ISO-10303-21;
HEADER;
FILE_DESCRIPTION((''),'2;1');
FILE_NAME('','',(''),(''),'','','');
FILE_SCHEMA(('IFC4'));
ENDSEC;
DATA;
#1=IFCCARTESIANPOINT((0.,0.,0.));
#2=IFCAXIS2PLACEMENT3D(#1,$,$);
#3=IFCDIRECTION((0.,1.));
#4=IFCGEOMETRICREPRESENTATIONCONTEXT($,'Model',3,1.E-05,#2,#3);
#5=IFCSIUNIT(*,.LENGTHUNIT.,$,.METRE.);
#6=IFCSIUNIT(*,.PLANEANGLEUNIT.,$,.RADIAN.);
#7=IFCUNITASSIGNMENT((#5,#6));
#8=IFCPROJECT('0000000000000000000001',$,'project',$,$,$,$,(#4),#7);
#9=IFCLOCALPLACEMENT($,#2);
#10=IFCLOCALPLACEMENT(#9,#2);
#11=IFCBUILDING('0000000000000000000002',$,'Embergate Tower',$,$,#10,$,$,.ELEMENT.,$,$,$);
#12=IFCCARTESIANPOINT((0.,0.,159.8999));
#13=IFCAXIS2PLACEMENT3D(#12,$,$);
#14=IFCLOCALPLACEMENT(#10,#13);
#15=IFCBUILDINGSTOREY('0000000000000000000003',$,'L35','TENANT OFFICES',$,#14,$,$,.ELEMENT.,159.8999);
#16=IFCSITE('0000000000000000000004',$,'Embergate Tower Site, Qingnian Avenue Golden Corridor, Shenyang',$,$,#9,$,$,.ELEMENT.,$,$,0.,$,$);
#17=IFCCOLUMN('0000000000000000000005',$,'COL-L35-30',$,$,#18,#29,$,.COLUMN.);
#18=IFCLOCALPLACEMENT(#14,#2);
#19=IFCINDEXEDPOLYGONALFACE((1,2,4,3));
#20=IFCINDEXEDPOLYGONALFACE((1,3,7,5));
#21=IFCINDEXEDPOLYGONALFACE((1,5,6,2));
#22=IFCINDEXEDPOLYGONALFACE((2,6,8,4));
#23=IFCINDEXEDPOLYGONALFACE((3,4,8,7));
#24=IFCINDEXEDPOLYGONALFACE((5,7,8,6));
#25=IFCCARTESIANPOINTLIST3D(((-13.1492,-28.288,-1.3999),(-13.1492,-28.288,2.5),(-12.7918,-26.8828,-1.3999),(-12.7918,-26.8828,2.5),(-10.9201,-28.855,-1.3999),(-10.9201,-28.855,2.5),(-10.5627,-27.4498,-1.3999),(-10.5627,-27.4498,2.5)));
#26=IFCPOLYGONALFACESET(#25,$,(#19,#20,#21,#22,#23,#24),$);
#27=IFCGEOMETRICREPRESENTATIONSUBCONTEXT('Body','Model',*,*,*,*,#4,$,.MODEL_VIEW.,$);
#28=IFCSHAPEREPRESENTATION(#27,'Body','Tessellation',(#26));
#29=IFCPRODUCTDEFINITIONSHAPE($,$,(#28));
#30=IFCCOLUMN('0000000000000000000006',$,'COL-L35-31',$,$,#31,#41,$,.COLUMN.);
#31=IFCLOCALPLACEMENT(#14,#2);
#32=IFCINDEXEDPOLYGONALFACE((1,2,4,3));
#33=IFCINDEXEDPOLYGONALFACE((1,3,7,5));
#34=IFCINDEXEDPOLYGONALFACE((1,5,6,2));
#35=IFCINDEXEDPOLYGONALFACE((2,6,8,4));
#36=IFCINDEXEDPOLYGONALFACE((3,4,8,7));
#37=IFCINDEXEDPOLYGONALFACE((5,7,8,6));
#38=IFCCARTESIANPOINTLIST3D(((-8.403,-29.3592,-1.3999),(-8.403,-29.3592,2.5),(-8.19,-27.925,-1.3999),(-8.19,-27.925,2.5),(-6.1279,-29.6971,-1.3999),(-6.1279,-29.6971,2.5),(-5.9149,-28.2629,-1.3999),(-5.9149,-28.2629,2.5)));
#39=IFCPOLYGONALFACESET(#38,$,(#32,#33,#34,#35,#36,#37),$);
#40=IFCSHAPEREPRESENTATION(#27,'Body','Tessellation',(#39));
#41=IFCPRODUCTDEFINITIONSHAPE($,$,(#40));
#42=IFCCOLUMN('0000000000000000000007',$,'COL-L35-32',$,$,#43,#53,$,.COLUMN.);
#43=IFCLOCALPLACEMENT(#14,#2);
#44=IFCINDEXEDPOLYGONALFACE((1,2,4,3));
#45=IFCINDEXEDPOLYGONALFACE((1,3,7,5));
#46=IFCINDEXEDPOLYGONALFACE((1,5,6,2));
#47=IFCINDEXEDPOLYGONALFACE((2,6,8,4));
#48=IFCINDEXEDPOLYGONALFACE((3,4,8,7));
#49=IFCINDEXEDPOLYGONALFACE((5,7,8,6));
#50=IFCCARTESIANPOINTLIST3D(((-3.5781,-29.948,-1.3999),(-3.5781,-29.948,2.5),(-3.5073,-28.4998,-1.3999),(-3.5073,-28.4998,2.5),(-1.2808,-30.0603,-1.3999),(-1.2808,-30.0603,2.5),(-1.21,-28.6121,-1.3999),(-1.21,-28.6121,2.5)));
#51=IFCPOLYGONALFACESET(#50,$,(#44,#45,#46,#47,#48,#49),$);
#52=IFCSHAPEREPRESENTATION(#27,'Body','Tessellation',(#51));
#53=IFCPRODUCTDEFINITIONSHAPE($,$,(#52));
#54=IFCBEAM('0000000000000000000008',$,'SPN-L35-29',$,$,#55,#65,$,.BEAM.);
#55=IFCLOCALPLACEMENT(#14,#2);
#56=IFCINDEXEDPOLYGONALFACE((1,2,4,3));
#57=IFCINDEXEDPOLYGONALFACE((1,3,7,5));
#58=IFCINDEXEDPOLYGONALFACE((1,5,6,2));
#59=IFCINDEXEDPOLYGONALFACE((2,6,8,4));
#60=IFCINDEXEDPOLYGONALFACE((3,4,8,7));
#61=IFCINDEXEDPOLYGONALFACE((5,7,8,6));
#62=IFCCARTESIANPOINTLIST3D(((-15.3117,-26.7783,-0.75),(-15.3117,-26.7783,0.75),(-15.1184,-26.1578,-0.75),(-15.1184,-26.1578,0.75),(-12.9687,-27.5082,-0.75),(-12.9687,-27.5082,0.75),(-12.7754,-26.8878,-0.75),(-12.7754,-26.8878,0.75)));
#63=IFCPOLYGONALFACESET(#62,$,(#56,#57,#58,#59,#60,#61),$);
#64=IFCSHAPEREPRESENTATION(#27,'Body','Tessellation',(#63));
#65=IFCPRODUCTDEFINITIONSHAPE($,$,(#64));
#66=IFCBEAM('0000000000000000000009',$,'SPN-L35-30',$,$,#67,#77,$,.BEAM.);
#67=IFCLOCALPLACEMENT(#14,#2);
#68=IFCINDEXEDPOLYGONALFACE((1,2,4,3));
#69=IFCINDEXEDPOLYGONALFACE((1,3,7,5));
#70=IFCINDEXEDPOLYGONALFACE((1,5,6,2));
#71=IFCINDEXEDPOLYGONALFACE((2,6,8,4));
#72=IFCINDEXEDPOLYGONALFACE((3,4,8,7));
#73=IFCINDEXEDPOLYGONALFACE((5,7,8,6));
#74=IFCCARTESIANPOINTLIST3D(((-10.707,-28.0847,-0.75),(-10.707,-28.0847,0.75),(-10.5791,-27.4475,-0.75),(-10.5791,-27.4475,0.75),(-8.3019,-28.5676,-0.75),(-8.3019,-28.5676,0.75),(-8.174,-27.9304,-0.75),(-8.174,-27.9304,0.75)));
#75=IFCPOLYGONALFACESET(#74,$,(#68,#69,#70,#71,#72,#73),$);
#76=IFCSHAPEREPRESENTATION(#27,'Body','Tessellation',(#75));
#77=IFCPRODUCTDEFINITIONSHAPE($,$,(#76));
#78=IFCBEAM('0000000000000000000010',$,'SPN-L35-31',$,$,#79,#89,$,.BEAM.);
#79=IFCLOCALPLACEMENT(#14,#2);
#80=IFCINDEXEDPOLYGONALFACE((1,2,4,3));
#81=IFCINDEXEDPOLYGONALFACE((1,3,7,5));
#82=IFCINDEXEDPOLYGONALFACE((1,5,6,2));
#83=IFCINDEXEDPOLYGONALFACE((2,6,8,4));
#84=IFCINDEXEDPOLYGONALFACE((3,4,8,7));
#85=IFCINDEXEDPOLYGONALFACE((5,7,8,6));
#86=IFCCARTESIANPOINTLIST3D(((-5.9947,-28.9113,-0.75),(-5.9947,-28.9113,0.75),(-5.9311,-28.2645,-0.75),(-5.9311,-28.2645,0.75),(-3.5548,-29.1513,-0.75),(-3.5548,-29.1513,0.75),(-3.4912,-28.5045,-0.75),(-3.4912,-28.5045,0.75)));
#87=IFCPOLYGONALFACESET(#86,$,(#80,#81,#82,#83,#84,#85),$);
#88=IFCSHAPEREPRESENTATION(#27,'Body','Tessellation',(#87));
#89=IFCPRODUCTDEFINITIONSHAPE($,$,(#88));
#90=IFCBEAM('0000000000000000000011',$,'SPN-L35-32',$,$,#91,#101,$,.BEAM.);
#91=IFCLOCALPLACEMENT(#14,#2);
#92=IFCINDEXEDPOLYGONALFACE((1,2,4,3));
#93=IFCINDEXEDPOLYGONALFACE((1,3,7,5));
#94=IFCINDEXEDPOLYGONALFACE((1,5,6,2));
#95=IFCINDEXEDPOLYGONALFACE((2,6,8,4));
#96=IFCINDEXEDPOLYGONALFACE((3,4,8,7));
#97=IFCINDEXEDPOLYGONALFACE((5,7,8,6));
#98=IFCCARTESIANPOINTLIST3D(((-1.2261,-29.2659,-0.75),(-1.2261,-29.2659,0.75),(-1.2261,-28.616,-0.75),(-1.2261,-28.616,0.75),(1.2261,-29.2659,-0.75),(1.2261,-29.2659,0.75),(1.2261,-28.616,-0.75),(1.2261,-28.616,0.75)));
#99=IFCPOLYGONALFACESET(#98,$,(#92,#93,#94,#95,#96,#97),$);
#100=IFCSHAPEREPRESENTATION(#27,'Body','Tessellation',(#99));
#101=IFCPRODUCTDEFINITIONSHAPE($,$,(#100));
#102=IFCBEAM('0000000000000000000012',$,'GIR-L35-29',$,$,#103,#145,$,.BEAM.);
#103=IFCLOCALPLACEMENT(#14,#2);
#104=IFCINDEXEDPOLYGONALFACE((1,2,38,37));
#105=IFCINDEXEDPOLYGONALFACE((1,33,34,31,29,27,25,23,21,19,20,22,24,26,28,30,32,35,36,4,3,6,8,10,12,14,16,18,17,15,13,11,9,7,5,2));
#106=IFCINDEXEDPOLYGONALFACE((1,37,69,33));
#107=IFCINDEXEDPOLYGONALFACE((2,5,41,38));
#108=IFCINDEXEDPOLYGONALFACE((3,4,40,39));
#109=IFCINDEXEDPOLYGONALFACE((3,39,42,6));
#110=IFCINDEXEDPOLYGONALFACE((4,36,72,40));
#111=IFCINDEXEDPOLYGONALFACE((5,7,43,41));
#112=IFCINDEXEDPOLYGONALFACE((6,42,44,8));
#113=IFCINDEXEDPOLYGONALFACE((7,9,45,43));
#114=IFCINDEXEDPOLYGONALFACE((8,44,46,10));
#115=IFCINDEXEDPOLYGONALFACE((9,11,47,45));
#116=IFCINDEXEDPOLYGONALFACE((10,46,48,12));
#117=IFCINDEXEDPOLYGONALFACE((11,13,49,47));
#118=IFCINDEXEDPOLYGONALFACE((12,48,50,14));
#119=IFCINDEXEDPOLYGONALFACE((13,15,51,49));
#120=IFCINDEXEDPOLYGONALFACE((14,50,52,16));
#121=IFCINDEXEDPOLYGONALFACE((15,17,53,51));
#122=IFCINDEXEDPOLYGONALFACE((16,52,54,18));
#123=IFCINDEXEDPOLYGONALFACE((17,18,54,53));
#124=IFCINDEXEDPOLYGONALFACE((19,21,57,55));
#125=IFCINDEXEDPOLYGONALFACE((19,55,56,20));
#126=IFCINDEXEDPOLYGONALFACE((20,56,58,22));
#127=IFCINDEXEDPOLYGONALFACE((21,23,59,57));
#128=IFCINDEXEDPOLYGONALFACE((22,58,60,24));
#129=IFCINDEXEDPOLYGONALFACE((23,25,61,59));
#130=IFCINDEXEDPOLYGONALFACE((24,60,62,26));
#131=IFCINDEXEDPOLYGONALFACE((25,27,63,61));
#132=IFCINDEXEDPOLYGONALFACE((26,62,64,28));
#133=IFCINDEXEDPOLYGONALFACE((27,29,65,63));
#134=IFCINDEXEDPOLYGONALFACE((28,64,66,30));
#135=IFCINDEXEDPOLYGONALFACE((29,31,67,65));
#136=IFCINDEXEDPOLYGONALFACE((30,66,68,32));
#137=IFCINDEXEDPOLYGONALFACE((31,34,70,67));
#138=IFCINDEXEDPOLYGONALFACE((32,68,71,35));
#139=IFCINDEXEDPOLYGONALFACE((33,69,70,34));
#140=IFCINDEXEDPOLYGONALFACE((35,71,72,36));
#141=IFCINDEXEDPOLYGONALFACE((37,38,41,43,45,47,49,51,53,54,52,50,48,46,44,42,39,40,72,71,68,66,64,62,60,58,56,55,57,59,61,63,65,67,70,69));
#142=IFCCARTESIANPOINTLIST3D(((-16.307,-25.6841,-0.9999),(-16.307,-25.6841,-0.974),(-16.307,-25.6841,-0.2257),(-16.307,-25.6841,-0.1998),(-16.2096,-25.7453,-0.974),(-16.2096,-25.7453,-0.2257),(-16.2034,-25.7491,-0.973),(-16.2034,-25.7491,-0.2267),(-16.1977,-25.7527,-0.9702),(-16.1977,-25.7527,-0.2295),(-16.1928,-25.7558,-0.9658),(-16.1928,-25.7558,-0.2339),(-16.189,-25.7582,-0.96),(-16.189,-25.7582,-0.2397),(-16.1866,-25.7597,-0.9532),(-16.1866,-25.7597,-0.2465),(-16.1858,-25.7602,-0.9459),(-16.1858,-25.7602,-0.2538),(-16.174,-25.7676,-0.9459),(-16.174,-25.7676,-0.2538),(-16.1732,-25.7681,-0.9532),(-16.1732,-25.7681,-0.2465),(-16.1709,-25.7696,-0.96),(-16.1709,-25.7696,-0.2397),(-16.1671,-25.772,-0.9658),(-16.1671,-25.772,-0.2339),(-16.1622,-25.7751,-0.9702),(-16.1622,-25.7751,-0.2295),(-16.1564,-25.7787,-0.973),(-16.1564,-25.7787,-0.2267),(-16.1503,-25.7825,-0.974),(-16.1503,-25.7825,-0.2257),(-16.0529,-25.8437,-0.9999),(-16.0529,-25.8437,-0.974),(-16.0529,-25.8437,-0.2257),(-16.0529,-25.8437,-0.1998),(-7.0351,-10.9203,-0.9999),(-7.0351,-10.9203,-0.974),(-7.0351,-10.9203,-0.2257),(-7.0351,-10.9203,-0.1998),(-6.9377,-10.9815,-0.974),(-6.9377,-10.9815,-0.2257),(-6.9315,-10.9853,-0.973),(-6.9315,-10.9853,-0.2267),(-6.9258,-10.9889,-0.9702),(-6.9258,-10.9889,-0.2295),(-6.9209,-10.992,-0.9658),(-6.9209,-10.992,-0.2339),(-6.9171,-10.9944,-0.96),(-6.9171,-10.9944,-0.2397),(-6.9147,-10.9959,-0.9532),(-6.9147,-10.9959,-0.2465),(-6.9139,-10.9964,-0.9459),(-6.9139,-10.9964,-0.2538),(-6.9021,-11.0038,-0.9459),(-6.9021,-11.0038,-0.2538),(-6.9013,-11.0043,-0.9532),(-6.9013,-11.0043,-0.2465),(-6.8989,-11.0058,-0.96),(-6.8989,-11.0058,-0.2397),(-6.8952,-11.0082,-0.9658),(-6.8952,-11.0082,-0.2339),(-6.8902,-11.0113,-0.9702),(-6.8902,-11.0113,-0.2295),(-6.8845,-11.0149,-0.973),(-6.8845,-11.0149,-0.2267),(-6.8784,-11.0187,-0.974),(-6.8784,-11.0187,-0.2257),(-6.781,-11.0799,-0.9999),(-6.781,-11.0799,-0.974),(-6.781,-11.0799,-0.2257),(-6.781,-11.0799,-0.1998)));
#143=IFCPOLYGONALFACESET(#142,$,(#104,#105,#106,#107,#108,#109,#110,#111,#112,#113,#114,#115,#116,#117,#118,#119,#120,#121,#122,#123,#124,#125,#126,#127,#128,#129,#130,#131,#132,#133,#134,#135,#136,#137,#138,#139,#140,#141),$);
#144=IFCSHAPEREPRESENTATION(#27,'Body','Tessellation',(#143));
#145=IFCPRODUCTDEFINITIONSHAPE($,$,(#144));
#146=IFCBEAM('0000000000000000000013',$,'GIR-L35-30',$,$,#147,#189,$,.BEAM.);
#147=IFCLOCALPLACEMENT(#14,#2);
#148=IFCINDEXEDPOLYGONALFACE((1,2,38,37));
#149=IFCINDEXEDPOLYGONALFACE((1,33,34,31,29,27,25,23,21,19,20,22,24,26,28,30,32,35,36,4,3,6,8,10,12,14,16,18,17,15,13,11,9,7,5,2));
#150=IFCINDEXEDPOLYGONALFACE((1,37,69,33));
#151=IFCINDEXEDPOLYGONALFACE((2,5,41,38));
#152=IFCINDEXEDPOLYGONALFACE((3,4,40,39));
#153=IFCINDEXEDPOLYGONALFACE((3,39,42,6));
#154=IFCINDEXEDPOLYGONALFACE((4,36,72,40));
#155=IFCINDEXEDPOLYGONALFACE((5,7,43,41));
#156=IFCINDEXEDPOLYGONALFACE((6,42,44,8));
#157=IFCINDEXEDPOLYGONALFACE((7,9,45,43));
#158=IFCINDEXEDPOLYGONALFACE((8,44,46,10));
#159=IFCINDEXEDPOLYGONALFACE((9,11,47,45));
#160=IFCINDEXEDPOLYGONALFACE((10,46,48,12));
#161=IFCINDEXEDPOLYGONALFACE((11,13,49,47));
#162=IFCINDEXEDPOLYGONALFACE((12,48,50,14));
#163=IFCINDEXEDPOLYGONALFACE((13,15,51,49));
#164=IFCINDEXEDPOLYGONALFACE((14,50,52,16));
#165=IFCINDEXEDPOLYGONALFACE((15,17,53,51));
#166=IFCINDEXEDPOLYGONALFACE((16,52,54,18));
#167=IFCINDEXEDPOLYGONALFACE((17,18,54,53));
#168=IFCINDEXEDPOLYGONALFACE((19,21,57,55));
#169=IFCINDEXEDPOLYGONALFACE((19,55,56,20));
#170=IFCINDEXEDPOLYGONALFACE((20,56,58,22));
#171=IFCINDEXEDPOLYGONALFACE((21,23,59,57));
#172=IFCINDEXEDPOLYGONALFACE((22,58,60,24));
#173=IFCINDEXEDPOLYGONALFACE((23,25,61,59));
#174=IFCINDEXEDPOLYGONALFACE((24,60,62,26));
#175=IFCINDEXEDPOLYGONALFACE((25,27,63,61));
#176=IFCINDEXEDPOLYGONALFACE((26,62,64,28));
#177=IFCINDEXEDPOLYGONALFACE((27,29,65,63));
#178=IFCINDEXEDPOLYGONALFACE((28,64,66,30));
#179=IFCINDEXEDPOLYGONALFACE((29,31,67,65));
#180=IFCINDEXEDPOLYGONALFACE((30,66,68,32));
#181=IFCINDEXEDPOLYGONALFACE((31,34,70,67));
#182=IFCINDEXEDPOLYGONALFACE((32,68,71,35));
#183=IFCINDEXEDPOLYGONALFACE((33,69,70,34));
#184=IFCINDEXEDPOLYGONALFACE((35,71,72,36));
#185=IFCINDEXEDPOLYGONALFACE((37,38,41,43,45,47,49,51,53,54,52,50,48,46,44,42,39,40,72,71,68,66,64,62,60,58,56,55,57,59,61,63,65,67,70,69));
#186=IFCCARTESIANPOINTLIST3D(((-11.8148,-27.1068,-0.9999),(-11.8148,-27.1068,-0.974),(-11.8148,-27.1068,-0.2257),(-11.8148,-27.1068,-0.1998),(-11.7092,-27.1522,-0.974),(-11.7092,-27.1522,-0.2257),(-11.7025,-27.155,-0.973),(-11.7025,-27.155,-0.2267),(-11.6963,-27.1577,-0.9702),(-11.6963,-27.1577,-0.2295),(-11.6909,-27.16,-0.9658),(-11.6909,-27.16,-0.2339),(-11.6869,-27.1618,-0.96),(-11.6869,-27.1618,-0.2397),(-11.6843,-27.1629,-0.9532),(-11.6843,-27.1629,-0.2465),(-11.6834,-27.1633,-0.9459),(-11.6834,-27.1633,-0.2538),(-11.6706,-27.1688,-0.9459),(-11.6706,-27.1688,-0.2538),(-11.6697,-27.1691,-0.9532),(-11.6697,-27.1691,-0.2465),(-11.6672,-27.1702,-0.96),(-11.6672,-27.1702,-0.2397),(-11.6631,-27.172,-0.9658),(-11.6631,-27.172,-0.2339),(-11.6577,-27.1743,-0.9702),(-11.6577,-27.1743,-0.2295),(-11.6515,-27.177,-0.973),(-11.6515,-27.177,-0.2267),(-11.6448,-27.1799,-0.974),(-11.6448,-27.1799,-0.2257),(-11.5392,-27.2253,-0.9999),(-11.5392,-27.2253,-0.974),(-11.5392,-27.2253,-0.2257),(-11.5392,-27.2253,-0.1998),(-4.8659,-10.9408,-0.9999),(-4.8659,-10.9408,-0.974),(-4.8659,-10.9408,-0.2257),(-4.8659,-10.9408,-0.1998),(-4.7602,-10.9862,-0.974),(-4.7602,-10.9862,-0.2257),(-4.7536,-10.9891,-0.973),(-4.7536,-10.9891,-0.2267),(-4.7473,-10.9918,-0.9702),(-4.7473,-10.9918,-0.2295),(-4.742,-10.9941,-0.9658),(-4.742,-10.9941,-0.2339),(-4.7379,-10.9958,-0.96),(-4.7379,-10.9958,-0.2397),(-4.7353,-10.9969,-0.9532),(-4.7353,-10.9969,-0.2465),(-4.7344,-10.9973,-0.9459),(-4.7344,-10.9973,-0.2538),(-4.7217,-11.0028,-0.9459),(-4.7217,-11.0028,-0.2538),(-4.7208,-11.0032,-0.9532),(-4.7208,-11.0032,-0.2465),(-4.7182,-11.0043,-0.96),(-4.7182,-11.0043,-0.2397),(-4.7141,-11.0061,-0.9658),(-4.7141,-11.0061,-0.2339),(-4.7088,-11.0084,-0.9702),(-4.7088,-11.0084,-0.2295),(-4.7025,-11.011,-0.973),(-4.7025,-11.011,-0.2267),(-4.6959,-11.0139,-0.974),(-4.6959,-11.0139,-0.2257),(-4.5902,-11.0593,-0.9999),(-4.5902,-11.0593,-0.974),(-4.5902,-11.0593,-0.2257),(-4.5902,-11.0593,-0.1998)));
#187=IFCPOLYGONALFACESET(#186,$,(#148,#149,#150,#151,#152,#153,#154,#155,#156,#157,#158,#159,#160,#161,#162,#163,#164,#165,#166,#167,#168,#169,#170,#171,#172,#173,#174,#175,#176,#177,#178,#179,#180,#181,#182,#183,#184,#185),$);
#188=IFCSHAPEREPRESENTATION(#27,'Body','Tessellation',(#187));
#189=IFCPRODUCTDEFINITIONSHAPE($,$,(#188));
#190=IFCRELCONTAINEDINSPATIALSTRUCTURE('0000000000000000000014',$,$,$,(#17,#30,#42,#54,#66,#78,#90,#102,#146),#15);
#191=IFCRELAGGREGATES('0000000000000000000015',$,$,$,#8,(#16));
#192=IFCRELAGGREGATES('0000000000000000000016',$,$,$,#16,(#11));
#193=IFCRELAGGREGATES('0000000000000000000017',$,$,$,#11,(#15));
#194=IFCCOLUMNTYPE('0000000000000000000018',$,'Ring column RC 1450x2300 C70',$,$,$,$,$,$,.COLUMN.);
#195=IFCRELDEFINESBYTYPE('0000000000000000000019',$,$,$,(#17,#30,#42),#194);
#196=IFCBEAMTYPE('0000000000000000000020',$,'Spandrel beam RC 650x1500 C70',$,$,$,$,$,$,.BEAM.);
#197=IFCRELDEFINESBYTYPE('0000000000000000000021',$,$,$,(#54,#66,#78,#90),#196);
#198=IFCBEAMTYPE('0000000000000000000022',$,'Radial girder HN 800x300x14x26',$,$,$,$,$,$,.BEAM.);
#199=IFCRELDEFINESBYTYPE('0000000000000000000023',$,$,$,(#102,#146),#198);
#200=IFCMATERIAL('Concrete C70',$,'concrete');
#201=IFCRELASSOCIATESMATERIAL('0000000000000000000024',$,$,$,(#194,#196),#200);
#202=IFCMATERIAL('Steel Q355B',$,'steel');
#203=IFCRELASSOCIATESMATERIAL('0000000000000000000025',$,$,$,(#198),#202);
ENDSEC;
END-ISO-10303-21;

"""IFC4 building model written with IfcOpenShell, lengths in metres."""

from ifc_helpers import new_model, si_unit, direction, frame, origin, origin_2d, place, context, subcontext, project, spatial, rectangle, i_section, extrude, source, transform, mapped, material, material_profile, profile_set, type_object, element, save


model = new_model("IFC4")

# Units and contexts
model_context = context("Model", 3, precision=1e-05, world=origin(), true_north=direction((0.0, 1.0)))
body_context = subcontext(model_context, "Body", "Model", "MODEL_VIEW")
ifc_project = project(units=[si_unit("LENGTHUNIT", "METRE"), si_unit("PLANEANGLEUNIT", "RADIAN")], contexts=[model_context])

# Site, building, storey
site_placement = place(None, origin())
site = spatial("IfcSite", under=ifc_project, at=site_placement, Name="Embergate Tower Site, Qingnian Avenue Golden Corridor, Shenyang", CompositionType="ELEMENT", RefElevation=0.0)
building_placement = place(site_placement, origin())
building = spatial("IfcBuilding", under=site, at=building_placement, Name="Embergate Tower", CompositionType="ELEMENT")
storey_placement = place(building_placement, frame((0.0, 0.0, 159.8999)))
storey = spatial("IfcBuildingStorey", under=building, at=storey_placement, Name="L35", Description="TENANT OFFICES", CompositionType="ELEMENT", Elevation=159.8999)

# Columns
ifc_material_1 = material(Name="Concrete C70", Category="concrete")
ifc_material_profile_1 = material_profile(ifc_material_1, rectangle(XDim=1.45, YDim=2.3, at=origin_2d()), Name="RC 1450x2300")
ifc_profile_set_1 = profile_set([ifc_material_profile_1], Name="Concrete C70")
column_type = type_object("IfcColumnType", Name="Ring column RC 1450x2300 C70", PredefinedType="COLUMN", material=ifc_profile_set_1)
shared_shape_1 = source(origin(), body_context, "Body", "SweptSolid", [
    extrude(rectangle(XDim=1.45, YDim=2.3, at=origin_2d()), origin(), (0.0, 0.0, 1.0), 3.8999),
])
for number, where, z_axis, x_axis, name in (
    (1, (-11.856, -27.8689, -1.3999), (0.0, 0.0, 1.0), (-0.246492, -0.969145, 0.0), "COL-L35-30"),
    (2, (-7.1589, -28.811, -1.3999), (0.0, 0.0, 1.0), (-0.146929, -0.989147, 0.0), "COL-L35-31"),
    (3, (-2.394, -29.28, -1.3999), (0.0, 0.0, 1.0), (-0.048815, -0.998808, 0.0), "COL-L35-32"),
):
    element("IfcColumn", number, at=place(storey_placement, frame(where, z_axis=z_axis, x_axis=x_axis)), inside=storey, type_object=column_type, Name=name, PredefinedType="COLUMN", context=body_context, shape_type="MappedRepresentation", body=[
        mapped(shared_shape_1, transform((0.0, 0.0, 0.0))),
    ])

# Beams
ifc_material_profile_2 = material_profile(ifc_material_1, rectangle(XDim=0.6499, YDim=1.5, at=origin_2d()), Name="RC 650x1500")
ifc_profile_set_2 = profile_set([ifc_material_profile_2], Name="Concrete C70")
beam_type_1 = type_object("IfcBeamType", Name="Spandrel beam RC 650x1500 C70", PredefinedType="BEAM", material=ifc_profile_set_2)
shared_shape_2 = source(origin(), body_context, "Body", "SweptSolid", [
    extrude(rectangle(XDim=0.6499, YDim=1.5, at=origin_2d()), origin(), (0.0, 0.0, 1.0), 2.4541),
])
beam_1_placement = place(storey_placement, frame((-15.2151, -26.468, 0.0), z_axis=(0.954736, -0.297454, 0.0), x_axis=(0.297454, 0.954736, 0.0)))
element("IfcBeam", 4, at=beam_1_placement, inside=storey, type_object=beam_type_1, Name="SPN-L35-29", PredefinedType="BEAM", context=body_context, shape_type="MappedRepresentation", body=[
    mapped(shared_shape_2, transform((0.0, 0.0, 0.0))),
])
shared_shape_3 = source(origin(), body_context, "Body", "SweptSolid", [
    extrude(rectangle(XDim=0.6499, YDim=1.5, at=origin_2d()), origin(), (0.0, 0.0, 1.0), 2.4531),
])
beam_2_placement = place(storey_placement, frame((-10.6431, -27.7661, 0.0), z_axis=(0.980431, -0.196863, 0.0), x_axis=(0.196863, 0.980431, 0.0)))
element("IfcBeam", 5, at=beam_2_placement, inside=storey, type_object=beam_type_1, Name="SPN-L35-30", PredefinedType="BEAM", context=body_context, shape_type="MappedRepresentation", body=[
    mapped(shared_shape_3, transform((0.0, 0.0, 0.0))),
])
shared_shape_4 = source(origin(), body_context, "Body", "SweptSolid", [
    extrude(rectangle(XDim=0.6499, YDim=1.5, at=origin_2d()), origin(), (0.0, 0.0, 1.0), 2.4517),
])
beam_3_placement = place(storey_placement, frame((-5.9629, -28.5879, 0.0), z_axis=(0.995198, -0.097887, 0.0), x_axis=(0.097887, 0.995198, 0.0)))
element("IfcBeam", 6, at=beam_3_placement, inside=storey, type_object=beam_type_1, Name="SPN-L35-31", PredefinedType="BEAM", context=body_context, shape_type="MappedRepresentation", body=[
    mapped(shared_shape_4, transform((0.0, 0.0, 0.0))),
])
shared_shape_5 = source(origin(), body_context, "Body", "SweptSolid", [
    extrude(rectangle(XDim=0.6499, YDim=1.5, at=origin_2d()), origin(), (0.0, 0.0, 1.0), 2.4521),
])
beam_4_placement = place(storey_placement, frame((-1.2261, -28.9409, 0.0), z_axis=(1.0, 0.0, 0.0), x_axis=(0.0, 1.0, 0.0)))
element("IfcBeam", 7, at=beam_4_placement, inside=storey, type_object=beam_type_1, Name="SPN-L35-32", PredefinedType="BEAM", context=body_context, shape_type="MappedRepresentation", body=[
    mapped(shared_shape_5, transform((0.0, 0.0, 0.0))),
])
ifc_material_2 = material(Name="Steel Q355B", Category="steel")
ifc_material_profile_3 = material_profile(ifc_material_2, i_section(OverallWidth=0.3, OverallDepth=0.8, WebThickness=0.0139, FlangeThickness=0.0259, FilletRadius=0.0281, at=origin_2d()), Name="HN 800x300x14x26")
ifc_profile_set_3 = profile_set([ifc_material_profile_3], Name="Steel Q355 grade B")
beam_type_2 = type_object("IfcBeamType", Name="Radial girder HN 800x300x14x26", PredefinedType="BEAM", material=ifc_profile_set_3)
shared_shape_6 = source(origin(), body_context, "Body", "SweptSolid", [
    extrude(i_section(OverallWidth=0.3, OverallDepth=0.8, WebThickness=0.0139, FlangeThickness=0.0259, FilletRadius=0.0281, at=origin_2d()), origin(), (0.0, 0.0, 1.0), 17.4338),
])
beam_5_placement = place(storey_placement, frame((-16.1799, -25.7639, -0.5999), z_axis=(0.531834, 0.846848, 0.0), x_axis=(-0.846848, 0.531834, 0.0)))
element("IfcBeam", 8, at=beam_5_placement, inside=storey, type_object=beam_type_2, Name="GIR-L35-29", PredefinedType="BEAM", context=body_context, shape_type="MappedRepresentation", body=[
    mapped(shared_shape_6, transform((0.0, 0.0, 0.0))),
])
shared_shape_7 = source(origin(), body_context, "Body", "SweptSolid", [
    extrude(i_section(OverallWidth=0.3, OverallDepth=0.8, WebThickness=0.0139, FlangeThickness=0.0259, FilletRadius=0.0281, at=origin_2d()), origin(), (0.0, 0.0, 1.0), 17.5962),
])
beam_6_placement = place(storey_placement, frame((-11.677, -27.166, -0.5999), z_axis=(0.394912, 0.918719, 0.0), x_axis=(-0.918719, 0.394912, 0.0)))
element("IfcBeam", 9, at=beam_6_placement, inside=storey, type_object=beam_type_2, Name="GIR-L35-30", PredefinedType="BEAM", context=body_context, shape_type="MappedRepresentation", body=[
    mapped(shared_shape_7, transform((0.0, 0.0, 0.0))),
])

save(model, "model.ifc")
